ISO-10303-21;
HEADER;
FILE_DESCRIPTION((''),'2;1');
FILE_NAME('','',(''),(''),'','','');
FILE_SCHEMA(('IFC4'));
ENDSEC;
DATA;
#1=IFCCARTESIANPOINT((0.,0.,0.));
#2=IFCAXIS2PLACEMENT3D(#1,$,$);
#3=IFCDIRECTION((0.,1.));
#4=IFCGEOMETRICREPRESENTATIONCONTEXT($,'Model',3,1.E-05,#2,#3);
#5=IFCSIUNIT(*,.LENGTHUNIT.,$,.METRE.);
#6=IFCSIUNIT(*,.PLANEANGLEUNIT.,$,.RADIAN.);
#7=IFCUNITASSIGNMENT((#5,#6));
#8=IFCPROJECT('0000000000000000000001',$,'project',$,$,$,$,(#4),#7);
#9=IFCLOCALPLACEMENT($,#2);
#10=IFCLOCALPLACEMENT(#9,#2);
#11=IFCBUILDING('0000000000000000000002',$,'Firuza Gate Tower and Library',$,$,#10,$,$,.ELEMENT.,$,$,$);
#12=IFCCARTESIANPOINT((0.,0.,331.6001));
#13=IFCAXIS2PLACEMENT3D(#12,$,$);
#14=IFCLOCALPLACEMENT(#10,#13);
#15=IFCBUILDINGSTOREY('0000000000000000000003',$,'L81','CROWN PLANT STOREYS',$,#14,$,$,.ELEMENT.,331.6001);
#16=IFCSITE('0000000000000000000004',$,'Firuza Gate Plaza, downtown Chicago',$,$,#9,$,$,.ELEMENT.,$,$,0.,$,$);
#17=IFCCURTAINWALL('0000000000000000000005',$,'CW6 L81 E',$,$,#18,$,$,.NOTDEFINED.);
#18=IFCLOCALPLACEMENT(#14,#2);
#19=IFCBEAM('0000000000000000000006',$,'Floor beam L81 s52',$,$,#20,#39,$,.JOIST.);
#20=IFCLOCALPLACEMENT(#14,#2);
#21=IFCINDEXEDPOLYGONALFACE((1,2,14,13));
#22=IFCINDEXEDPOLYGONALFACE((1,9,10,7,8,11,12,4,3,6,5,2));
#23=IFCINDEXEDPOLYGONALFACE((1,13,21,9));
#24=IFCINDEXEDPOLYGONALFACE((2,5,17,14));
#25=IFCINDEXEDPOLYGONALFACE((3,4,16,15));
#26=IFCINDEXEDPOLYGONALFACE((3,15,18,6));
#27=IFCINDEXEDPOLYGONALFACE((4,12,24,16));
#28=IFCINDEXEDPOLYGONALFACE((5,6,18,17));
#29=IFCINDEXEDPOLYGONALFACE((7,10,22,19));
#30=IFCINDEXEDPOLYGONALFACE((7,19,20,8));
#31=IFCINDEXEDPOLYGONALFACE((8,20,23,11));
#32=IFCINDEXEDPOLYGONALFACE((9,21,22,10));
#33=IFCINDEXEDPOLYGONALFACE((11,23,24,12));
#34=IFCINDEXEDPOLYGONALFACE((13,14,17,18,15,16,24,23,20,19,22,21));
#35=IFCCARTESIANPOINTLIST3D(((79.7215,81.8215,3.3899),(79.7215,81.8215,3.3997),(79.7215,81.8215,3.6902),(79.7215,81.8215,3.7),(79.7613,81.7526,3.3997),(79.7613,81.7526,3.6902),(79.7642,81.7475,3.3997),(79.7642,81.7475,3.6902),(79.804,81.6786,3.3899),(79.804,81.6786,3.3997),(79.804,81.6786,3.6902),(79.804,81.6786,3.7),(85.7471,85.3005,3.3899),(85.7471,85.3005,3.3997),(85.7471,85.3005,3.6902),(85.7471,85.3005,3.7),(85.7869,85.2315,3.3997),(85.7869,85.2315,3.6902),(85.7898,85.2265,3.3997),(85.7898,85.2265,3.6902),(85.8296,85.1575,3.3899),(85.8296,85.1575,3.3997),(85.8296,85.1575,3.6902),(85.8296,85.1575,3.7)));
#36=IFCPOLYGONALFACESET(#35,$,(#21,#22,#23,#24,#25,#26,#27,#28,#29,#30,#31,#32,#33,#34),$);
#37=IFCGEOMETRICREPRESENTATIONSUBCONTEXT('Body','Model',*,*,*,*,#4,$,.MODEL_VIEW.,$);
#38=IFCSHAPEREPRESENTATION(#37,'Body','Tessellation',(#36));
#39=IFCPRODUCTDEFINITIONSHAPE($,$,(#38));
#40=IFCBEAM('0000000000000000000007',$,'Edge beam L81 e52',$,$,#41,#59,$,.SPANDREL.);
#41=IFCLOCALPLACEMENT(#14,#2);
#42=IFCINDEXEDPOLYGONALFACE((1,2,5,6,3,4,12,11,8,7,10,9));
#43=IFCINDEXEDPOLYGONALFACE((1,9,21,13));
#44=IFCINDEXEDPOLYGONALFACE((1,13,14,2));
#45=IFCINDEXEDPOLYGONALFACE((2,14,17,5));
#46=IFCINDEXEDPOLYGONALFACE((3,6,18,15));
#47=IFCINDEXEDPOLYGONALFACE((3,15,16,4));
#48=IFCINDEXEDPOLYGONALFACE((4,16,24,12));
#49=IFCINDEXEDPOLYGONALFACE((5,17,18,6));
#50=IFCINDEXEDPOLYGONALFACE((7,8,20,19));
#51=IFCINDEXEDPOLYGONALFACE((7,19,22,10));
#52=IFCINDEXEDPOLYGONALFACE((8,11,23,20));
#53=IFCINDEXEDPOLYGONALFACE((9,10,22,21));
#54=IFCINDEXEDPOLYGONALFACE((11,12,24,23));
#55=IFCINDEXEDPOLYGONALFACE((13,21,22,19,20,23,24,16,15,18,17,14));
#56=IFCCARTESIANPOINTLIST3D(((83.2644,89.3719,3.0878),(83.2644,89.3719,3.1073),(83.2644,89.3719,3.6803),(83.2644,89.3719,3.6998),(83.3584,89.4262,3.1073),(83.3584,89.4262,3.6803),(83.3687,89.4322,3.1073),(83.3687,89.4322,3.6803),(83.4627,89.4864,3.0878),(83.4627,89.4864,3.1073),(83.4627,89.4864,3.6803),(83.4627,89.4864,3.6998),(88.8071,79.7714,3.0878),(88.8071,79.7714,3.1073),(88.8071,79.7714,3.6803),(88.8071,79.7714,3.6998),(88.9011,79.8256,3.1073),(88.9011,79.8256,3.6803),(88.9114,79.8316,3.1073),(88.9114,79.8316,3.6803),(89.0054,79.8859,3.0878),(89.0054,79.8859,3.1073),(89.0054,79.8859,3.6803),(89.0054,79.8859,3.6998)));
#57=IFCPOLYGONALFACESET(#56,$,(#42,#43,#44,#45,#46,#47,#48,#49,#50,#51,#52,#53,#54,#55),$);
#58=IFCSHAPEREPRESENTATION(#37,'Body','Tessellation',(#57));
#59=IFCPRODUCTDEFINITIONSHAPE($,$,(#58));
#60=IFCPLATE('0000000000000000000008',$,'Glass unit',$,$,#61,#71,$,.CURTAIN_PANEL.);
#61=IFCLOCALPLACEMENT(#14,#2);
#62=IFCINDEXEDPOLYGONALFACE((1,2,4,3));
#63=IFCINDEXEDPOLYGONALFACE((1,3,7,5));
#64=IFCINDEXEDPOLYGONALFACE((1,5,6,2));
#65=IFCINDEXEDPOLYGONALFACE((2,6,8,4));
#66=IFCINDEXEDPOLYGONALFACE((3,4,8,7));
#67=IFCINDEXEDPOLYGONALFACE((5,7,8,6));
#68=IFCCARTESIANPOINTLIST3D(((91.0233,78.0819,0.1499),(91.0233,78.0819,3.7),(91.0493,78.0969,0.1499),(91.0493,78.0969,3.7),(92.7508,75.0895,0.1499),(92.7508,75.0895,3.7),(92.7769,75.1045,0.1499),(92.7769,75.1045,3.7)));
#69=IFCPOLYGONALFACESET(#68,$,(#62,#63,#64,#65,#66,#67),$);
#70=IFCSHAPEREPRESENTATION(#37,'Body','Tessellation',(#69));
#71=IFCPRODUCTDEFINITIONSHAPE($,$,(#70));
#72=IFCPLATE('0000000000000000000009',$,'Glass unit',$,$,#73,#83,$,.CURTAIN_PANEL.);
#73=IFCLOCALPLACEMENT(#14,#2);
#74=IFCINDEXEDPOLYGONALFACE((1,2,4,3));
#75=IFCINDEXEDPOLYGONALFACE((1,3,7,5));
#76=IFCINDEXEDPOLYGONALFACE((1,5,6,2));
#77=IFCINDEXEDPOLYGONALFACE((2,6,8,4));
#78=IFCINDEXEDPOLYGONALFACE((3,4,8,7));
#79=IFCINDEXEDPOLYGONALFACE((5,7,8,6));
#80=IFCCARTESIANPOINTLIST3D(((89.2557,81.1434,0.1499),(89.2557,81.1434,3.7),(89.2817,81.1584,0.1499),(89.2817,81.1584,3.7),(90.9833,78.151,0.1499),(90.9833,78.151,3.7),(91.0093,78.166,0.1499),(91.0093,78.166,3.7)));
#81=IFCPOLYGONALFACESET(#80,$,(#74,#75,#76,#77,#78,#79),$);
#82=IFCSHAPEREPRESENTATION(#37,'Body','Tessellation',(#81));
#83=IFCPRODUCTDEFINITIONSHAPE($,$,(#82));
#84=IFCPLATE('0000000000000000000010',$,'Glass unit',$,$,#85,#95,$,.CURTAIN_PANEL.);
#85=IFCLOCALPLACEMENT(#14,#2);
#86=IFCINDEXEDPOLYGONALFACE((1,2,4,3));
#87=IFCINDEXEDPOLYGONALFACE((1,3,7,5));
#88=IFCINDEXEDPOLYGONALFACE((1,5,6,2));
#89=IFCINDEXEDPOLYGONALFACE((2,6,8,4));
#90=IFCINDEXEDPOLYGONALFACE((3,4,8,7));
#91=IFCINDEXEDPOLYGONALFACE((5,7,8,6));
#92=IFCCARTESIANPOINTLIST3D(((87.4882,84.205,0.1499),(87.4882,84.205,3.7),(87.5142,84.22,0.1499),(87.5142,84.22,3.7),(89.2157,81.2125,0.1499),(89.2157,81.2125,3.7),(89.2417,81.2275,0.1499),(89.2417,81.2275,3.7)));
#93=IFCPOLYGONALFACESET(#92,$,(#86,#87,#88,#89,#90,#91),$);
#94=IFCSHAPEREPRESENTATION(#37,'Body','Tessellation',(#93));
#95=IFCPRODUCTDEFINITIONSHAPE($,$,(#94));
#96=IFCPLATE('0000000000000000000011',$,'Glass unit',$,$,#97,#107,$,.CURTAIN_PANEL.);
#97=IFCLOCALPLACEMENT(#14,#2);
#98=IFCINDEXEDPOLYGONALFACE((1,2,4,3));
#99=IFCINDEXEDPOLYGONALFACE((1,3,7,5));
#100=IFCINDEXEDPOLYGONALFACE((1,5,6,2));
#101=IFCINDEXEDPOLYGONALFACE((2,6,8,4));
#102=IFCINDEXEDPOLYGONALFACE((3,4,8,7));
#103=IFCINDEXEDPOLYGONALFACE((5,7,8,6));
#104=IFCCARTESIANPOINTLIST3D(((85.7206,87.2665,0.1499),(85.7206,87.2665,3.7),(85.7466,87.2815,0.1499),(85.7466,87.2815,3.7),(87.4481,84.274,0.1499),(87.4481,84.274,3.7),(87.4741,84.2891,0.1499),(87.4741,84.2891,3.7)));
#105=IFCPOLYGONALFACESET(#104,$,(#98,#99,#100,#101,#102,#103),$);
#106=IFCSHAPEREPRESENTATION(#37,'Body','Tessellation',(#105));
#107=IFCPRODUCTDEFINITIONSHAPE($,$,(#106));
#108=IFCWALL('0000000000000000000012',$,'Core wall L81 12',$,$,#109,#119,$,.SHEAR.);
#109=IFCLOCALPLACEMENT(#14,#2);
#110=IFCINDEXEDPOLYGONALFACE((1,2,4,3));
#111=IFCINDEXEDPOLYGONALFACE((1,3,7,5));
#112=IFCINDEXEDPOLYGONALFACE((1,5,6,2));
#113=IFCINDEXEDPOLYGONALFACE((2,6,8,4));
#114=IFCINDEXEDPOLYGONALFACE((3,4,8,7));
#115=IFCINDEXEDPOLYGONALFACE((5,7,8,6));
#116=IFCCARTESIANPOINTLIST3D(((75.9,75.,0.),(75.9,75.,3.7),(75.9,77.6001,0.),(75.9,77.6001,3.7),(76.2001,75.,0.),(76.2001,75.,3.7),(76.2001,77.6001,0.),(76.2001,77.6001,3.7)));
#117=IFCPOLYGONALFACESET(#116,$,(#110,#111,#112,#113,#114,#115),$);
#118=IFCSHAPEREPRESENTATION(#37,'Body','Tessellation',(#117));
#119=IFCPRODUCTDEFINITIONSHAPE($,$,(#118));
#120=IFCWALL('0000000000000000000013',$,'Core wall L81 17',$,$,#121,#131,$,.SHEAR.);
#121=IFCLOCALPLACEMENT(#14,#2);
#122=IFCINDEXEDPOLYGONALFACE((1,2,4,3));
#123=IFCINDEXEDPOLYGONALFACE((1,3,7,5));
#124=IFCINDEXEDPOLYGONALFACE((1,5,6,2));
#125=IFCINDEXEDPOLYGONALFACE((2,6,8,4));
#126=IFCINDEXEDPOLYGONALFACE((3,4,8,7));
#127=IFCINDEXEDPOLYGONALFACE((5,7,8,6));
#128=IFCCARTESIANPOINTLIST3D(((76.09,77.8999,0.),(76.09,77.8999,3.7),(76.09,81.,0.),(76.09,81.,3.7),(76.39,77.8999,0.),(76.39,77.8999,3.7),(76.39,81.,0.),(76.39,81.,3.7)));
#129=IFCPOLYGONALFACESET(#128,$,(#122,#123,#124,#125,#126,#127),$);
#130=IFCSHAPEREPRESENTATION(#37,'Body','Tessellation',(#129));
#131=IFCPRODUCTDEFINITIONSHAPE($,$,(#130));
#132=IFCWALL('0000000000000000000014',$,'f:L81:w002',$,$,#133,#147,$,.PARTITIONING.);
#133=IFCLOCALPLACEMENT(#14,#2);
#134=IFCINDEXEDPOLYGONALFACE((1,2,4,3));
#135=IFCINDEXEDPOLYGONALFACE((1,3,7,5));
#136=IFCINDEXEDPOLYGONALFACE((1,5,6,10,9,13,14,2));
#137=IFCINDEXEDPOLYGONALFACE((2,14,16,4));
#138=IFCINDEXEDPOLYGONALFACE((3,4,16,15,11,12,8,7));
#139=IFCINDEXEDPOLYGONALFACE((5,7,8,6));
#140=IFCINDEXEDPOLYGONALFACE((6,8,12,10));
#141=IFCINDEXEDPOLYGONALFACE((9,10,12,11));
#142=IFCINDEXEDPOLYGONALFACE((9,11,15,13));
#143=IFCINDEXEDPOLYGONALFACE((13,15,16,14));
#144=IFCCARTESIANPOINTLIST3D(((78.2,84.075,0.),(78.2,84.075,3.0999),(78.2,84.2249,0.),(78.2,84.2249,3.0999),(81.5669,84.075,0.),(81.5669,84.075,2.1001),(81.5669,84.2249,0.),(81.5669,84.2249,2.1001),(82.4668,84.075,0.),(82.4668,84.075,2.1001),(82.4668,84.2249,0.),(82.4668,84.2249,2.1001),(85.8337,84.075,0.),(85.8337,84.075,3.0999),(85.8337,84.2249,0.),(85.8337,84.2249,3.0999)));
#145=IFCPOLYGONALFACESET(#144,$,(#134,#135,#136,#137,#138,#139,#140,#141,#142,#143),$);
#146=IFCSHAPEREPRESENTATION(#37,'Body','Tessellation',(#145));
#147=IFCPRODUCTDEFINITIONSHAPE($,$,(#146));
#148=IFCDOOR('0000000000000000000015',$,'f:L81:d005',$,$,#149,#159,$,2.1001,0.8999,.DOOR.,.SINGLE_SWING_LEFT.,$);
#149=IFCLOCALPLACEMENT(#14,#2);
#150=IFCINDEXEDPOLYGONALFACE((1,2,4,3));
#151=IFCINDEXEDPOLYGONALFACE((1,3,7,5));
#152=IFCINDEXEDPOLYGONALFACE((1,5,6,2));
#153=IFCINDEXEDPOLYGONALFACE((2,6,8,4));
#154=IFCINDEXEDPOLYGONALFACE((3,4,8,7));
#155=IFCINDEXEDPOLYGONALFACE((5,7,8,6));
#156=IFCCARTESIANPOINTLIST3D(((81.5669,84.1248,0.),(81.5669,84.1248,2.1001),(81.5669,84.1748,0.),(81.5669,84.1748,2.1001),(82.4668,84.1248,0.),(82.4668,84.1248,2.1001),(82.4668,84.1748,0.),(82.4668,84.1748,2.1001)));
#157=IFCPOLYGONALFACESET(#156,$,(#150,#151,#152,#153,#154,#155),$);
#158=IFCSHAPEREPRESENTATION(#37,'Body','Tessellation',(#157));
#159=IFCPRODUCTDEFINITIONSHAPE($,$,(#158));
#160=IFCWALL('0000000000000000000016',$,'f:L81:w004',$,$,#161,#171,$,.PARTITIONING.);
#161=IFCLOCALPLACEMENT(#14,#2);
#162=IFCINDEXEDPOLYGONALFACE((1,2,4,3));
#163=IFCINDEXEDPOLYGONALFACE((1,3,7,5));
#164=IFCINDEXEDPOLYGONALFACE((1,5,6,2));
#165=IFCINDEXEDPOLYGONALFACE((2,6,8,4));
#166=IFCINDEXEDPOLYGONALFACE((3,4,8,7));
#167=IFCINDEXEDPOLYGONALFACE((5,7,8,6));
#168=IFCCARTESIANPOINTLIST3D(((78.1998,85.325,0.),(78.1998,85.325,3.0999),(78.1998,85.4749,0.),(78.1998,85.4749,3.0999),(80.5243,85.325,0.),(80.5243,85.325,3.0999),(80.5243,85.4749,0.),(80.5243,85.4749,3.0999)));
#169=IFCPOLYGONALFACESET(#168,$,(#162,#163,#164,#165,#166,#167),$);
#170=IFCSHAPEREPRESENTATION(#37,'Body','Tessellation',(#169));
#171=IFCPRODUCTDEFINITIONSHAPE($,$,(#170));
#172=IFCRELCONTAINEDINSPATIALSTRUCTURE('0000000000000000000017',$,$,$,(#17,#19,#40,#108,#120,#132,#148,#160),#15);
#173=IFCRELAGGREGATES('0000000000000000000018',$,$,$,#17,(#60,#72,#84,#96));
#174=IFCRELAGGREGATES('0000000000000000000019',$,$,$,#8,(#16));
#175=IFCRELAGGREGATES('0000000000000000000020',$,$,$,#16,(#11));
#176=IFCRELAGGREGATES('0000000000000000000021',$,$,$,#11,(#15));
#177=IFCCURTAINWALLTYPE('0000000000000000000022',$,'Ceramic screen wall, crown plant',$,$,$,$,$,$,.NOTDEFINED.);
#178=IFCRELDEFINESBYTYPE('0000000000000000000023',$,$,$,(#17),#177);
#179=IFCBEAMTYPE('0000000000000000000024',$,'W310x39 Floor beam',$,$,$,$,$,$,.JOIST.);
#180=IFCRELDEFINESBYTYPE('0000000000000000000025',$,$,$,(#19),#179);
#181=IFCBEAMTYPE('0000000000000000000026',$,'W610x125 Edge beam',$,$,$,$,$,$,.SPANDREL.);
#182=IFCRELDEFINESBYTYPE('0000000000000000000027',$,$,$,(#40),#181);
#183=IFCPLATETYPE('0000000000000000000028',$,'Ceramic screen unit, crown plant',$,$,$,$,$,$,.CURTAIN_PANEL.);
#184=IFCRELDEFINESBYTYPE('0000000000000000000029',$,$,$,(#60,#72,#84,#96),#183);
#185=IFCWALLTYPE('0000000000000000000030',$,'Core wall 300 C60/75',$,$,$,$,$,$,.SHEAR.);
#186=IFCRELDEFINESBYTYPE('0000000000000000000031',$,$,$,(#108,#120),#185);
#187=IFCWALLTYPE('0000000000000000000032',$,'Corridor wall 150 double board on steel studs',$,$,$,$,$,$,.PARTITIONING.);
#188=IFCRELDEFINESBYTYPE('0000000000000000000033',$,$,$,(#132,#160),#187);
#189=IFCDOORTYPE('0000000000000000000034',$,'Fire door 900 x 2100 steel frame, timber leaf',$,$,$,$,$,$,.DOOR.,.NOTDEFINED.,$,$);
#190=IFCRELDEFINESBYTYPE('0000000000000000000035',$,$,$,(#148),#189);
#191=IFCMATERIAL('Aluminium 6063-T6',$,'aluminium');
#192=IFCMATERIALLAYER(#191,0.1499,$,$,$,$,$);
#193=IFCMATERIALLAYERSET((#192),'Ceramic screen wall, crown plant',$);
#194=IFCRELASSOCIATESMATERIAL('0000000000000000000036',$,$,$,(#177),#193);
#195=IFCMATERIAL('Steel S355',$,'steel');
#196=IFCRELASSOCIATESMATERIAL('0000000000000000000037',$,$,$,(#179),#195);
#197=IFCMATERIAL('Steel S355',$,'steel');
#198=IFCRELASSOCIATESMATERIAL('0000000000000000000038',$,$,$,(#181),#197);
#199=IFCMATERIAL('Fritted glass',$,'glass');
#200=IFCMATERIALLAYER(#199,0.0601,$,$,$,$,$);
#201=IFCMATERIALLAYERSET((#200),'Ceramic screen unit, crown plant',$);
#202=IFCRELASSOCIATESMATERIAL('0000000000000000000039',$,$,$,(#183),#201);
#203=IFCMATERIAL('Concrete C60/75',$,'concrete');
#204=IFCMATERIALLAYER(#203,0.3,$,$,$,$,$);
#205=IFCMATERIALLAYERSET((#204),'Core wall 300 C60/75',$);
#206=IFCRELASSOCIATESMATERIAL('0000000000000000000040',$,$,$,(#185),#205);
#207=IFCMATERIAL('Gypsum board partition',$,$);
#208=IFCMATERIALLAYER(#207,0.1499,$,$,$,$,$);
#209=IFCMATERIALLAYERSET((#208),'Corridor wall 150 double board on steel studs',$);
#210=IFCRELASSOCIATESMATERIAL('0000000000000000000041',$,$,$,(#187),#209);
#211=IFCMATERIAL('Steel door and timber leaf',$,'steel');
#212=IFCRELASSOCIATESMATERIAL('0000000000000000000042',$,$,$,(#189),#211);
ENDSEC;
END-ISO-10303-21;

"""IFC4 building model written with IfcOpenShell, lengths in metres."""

from ifc_helpers import new_model, si_unit, direction, frame, frame_2d, origin, origin_2d, place, context, subcontext, project, spatial, polyline, rectangle, i_section, outline, extrude, material, layer, layer_set, material_profile, profile_set, type_object, element, fill, aggregate, save


model = new_model("IFC4")

# Units and contexts
model_context = context("Model", 3, precision=1e-05, world=origin(), true_north=direction((0.0, 1.0)))
body_context = subcontext(model_context, "Body", "Model", "MODEL_VIEW")
ifc_project = project(units=[si_unit("LENGTHUNIT", "METRE"), si_unit("PLANEANGLEUNIT", "RADIAN")], contexts=[model_context])

# Site, building, storey
site_placement = place(None, origin())
site = spatial("IfcSite", under=ifc_project, at=site_placement, Name="Firuza Gate Plaza, downtown Chicago", CompositionType="ELEMENT", RefElevation=0.0)
building_placement = place(site_placement, origin())
building = spatial("IfcBuilding", under=site, at=building_placement, Name="Firuza Gate Tower and Library", CompositionType="ELEMENT")
storey_placement = place(building_placement, frame((0.0, 0.0, 331.6001)))
storey = spatial("IfcBuildingStorey", under=building, at=storey_placement, Name="L81", Description="CROWN PLANT STOREYS", CompositionType="ELEMENT", Elevation=331.6001)

# Curtain wall
ifc_material_1 = material(Name="Aluminium 6063-T6", Category="aluminium")
ifc_layer_1 = layer(ifc_material_1, 0.1499)
ifc_layer_set_1 = layer_set([ifc_layer_1], Name="Ceramic screen wall, crown plant")
curtain_wall_type = type_object("IfcCurtainWallType", Name="Ceramic screen wall, crown plant", PredefinedType="NOTDEFINED", material=ifc_layer_set_1)
placement = place(storey_placement, origin())
curtain_wall = element("IfcCurtainWall", 1, at=placement, inside=storey, type_object=curtain_wall_type, Name="CW6 L81 E", PredefinedType="NOTDEFINED")

# Beams
ifc_material_2 = material(Name="Steel S355", Category="steel")
ifc_material_profile_1 = material_profile(ifc_material_2, i_section(OverallWidth=0.165, OverallDepth=0.3101, WebThickness=0.0059, FlangeThickness=0.0098, at=origin_2d()))
ifc_profile_set_1 = profile_set([ifc_material_profile_1], Name="Steel S355")
beam_type_1 = type_object("IfcBeamType", Name="W310x39 Floor beam", PredefinedType="JOIST", material=ifc_profile_set_1)
beam_1_placement = place(storey_placement, frame((85.7883, 85.229, 3.5449), z_axis=(-0.866019, -0.500011, 0.0), x_axis=(0.500011, -0.866019, 0.0)))
element("IfcBeam", 2, at=beam_1_placement, inside=storey, type_object=beam_type_1, Name="Floor beam L81 s52", PredefinedType="JOIST", context=body_context, shape_type="SweptSolid", body=[
    extrude(i_section(OverallWidth=0.165, OverallDepth=0.3101, WebThickness=0.0059, FlangeThickness=0.0098, at=origin_2d()), origin(), (0.0, 0.0, 1.0), 6.9578),
])
ifc_material_3 = material(Name="Steel S355", Category="steel")
ifc_material_profile_2 = material_profile(ifc_material_3, i_section(OverallWidth=0.229, OverallDepth=0.6121, WebThickness=0.012, FlangeThickness=0.0195, at=origin_2d()))
ifc_profile_set_2 = profile_set([ifc_material_profile_2], Name="Steel S355")
beam_type_2 = type_object("IfcBeamType", Name="W610x125 Edge beam", PredefinedType="SPANDREL", material=ifc_profile_set_2)
beam_2_placement = place(storey_placement, frame((88.9062, 79.8286, 3.3938), z_axis=(-0.499988, 0.866032, 0.0), x_axis=(-0.866032, -0.499988, 0.0)))
element("IfcBeam", 3, at=beam_2_placement, inside=storey, type_object=beam_type_2, Name="Edge beam L81 e52", PredefinedType="SPANDREL", context=body_context, shape_type="SweptSolid", body=[
    extrude(i_section(OverallWidth=0.229, OverallDepth=0.6121, WebThickness=0.012, FlangeThickness=0.0195, at=origin_2d()), origin(), (0.0, 0.0, 1.0), 11.0857),
])

# Plates
ifc_material_4 = material(Name="Fritted glass", Category="glass")
ifc_layer_2 = layer(ifc_material_4, 0.0601)
ifc_layer_set_2 = layer_set([ifc_layer_2], Name="Ceramic screen unit, crown plant")
plate_type = type_object("IfcPlateType", Name="Ceramic screen unit, crown plant", PredefinedType="CURTAIN_PANEL", material=ifc_layer_set_2)
plate_1_placement = place(storey_placement, frame((92.7769, 75.1045, 0.1499), z_axis=(0.866043, 0.499969, 0.0), x_axis=(-0.499969, 0.866043, 0.0)))
plate_1 = element("IfcPlate", 4, at=plate_1_placement, type_object=plate_type, Name="Glass unit", PredefinedType="CURTAIN_PANEL", context=body_context, shape_type="SweptSolid", body=[
    extrude(outline(polyline([(0.0, 0.0), (3.4553, 0.0), (3.4553, 3.55), (0.0, 3.55), (0.0, 0.0)])), origin(), (0.0, 0.0, -1.0), 0.03),
])
plate_2_placement = place(storey_placement, frame((91.0093, 78.166, 0.1499), z_axis=(0.866043, 0.499969, 0.0), x_axis=(-0.499969, 0.866043, 0.0)))
plate_2 = element("IfcPlate", 5, at=plate_2_placement, type_object=plate_type, Name="Glass unit", PredefinedType="CURTAIN_PANEL", context=body_context, shape_type="SweptSolid", body=[
    extrude(outline(polyline([(0.0, 0.0), (3.4553, 0.0), (3.4553, 3.55), (0.0, 3.55), (0.0, 0.0)])), origin(), (0.0, 0.0, -1.0), 0.03),
])
plate_3_placement = place(storey_placement, frame((89.2417, 81.2275, 0.1499), z_axis=(0.866043, 0.499969, 0.0), x_axis=(-0.499969, 0.866043, 0.0)))
plate_3 = element("IfcPlate", 6, at=plate_3_placement, type_object=plate_type, Name="Glass unit", PredefinedType="CURTAIN_PANEL", context=body_context, shape_type="SweptSolid", body=[
    extrude(outline(polyline([(0.0, 0.0), (3.4553, 0.0), (3.4553, 3.55), (0.0, 3.55), (0.0, 0.0)])), origin(), (0.0, 0.0, -1.0), 0.03),
])
plate_4_placement = place(storey_placement, frame((87.4741, 84.2891, 0.1499), z_axis=(0.866043, 0.499969, 0.0), x_axis=(-0.499969, 0.866043, 0.0)))
plate_4 = element("IfcPlate", 7, at=plate_4_placement, type_object=plate_type, Name="Glass unit", PredefinedType="CURTAIN_PANEL", context=body_context, shape_type="SweptSolid", body=[
    extrude(outline(polyline([(0.0, 0.0), (3.4553, 0.0), (3.4553, 3.55), (0.0, 3.55), (0.0, 0.0)])), origin(), (0.0, 0.0, -1.0), 0.03),
])
aggregate(curtain_wall, [plate_1, plate_2, plate_3, plate_4])

# Walls
ifc_material_5 = material(Name="Concrete C60/75", Category="concrete")
ifc_layer_3 = layer(ifc_material_5, 0.3)
ifc_layer_set_3 = layer_set([ifc_layer_3], Name="Core wall 300 C60/75")
wall_type_1 = type_object("IfcWallType", Name="Core wall 300 C60/75", PredefinedType="SHEAR", material=ifc_layer_set_3)
wall_1_placement = place(storey_placement, frame((76.05, 75.0, 0.0), z_axis=(0.0, 0.0, 1.0), x_axis=(0.0, 1.0, 0.0)))
element("IfcWall", 8, at=wall_1_placement, inside=storey, type_object=wall_type_1, Name="Core wall L81 12", PredefinedType="SHEAR", context=body_context, shape_type="SweptSolid", body=[
    extrude(rectangle(XDim=2.6001, YDim=0.3, at=frame_2d((1.3, 0.0))), origin(), (0.0, 0.0, 1.0), 3.7),
])
wall_2_placement = place(storey_placement, frame((76.24, 77.8999, 0.0), z_axis=(0.0, 0.0, 1.0), x_axis=(0.0, 1.0, 0.0)))
element("IfcWall", 9, at=wall_2_placement, inside=storey, type_object=wall_type_1, Name="Core wall L81 17", PredefinedType="SHEAR", context=body_context, shape_type="SweptSolid", body=[
    extrude(rectangle(XDim=3.1001, YDim=0.3, at=frame_2d((1.55, 0.0))), origin(), (0.0, 0.0, 1.0), 3.7),
])

# Wall, opening, door
ifc_material_6 = material(Name="Gypsum board partition")
ifc_layer_4 = layer(ifc_material_6, 0.1499)
ifc_layer_set_4 = layer_set([ifc_layer_4], Name="Corridor wall 150 double board on steel studs")
wall_type_2 = type_object("IfcWallType", Name="Corridor wall 150 double board on steel studs", PredefinedType="PARTITIONING", material=ifc_layer_set_4)
wall_3_placement = place(storey_placement, frame((78.2, 84.1499, 0.0), z_axis=(0.0, 0.0, 1.0), x_axis=(1.0, 0.0, 0.0)))
wall_3 = element("IfcWall", 10, at=wall_3_placement, inside=storey, type_object=wall_type_2, Name="f:L81:w002", PredefinedType="PARTITIONING", context=body_context, shape_type="SweptSolid", body=[
    extrude(rectangle(XDim=7.6338, YDim=0.1499, at=frame_2d((3.8169, 0.0))), origin(), (0.0, 0.0, 1.0), 3.0999),
])
opening_1_placement = place(wall_3_placement, frame((3.3669, 0.0, 0.0)))
opening_1 = element("IfcOpeningElement", 11, at=opening_1_placement, cuts=wall_3, PredefinedType="OPENING", context=body_context, shape_type="SweptSolid", body=[
    extrude(rectangle(XDim=0.8999, YDim=2.1001, at=frame_2d((0.45, 1.05))), frame((0.0, 0.085, 0.0), z_axis=(0.0, -1.0, 0.0), x_axis=(1.0, 0.0, 0.0)), (0.0, 0.0, 1.0), 0.1699),
])
ifc_material_7 = material(Name="Steel door and timber leaf", Category="steel")
door_type = type_object("IfcDoorType", Name="Fire door 900 x 2100 steel frame, timber leaf", OperationType="NOTDEFINED", PredefinedType="DOOR", material=ifc_material_7)
door_1_placement = place(opening_1_placement, origin())
door_1 = element("IfcDoor", 12, at=door_1_placement, inside=storey, type_object=door_type, Name="f:L81:d005", OperationType="SINGLE_SWING_LEFT", OverallHeight=2.1001, OverallWidth=0.8999, PredefinedType="DOOR", context=body_context, shape_type="SweptSolid", body=[
    extrude(rectangle(XDim=0.8999, YDim=2.1001, at=frame_2d((0.45, 1.05))), frame((0.0, 0.0249, 0.0), z_axis=(0.0, -1.0, 0.0), x_axis=(1.0, 0.0, 0.0)), (0.0, 0.0, 1.0), 0.05),
])
fill(opening_1, door_1)

# Wall
wall_4_placement = place(storey_placement, frame((78.2, 85.3999, 0.0), z_axis=(0.0, 0.0, 1.0), x_axis=(1.0, 0.0, 0.0)))
element("IfcWall", 13, at=wall_4_placement, inside=storey, type_object=wall_type_2, Name="f:L81:w004", PredefinedType="PARTITIONING", context=body_context, shape_type="SweptSolid", body=[
    extrude(rectangle(XDim=2.3245, YDim=0.1499, at=frame_2d((1.1621, 0.0))), origin(), (0.0, 0.0, 1.0), 3.0999),
])

save(model, "model.ifc")
